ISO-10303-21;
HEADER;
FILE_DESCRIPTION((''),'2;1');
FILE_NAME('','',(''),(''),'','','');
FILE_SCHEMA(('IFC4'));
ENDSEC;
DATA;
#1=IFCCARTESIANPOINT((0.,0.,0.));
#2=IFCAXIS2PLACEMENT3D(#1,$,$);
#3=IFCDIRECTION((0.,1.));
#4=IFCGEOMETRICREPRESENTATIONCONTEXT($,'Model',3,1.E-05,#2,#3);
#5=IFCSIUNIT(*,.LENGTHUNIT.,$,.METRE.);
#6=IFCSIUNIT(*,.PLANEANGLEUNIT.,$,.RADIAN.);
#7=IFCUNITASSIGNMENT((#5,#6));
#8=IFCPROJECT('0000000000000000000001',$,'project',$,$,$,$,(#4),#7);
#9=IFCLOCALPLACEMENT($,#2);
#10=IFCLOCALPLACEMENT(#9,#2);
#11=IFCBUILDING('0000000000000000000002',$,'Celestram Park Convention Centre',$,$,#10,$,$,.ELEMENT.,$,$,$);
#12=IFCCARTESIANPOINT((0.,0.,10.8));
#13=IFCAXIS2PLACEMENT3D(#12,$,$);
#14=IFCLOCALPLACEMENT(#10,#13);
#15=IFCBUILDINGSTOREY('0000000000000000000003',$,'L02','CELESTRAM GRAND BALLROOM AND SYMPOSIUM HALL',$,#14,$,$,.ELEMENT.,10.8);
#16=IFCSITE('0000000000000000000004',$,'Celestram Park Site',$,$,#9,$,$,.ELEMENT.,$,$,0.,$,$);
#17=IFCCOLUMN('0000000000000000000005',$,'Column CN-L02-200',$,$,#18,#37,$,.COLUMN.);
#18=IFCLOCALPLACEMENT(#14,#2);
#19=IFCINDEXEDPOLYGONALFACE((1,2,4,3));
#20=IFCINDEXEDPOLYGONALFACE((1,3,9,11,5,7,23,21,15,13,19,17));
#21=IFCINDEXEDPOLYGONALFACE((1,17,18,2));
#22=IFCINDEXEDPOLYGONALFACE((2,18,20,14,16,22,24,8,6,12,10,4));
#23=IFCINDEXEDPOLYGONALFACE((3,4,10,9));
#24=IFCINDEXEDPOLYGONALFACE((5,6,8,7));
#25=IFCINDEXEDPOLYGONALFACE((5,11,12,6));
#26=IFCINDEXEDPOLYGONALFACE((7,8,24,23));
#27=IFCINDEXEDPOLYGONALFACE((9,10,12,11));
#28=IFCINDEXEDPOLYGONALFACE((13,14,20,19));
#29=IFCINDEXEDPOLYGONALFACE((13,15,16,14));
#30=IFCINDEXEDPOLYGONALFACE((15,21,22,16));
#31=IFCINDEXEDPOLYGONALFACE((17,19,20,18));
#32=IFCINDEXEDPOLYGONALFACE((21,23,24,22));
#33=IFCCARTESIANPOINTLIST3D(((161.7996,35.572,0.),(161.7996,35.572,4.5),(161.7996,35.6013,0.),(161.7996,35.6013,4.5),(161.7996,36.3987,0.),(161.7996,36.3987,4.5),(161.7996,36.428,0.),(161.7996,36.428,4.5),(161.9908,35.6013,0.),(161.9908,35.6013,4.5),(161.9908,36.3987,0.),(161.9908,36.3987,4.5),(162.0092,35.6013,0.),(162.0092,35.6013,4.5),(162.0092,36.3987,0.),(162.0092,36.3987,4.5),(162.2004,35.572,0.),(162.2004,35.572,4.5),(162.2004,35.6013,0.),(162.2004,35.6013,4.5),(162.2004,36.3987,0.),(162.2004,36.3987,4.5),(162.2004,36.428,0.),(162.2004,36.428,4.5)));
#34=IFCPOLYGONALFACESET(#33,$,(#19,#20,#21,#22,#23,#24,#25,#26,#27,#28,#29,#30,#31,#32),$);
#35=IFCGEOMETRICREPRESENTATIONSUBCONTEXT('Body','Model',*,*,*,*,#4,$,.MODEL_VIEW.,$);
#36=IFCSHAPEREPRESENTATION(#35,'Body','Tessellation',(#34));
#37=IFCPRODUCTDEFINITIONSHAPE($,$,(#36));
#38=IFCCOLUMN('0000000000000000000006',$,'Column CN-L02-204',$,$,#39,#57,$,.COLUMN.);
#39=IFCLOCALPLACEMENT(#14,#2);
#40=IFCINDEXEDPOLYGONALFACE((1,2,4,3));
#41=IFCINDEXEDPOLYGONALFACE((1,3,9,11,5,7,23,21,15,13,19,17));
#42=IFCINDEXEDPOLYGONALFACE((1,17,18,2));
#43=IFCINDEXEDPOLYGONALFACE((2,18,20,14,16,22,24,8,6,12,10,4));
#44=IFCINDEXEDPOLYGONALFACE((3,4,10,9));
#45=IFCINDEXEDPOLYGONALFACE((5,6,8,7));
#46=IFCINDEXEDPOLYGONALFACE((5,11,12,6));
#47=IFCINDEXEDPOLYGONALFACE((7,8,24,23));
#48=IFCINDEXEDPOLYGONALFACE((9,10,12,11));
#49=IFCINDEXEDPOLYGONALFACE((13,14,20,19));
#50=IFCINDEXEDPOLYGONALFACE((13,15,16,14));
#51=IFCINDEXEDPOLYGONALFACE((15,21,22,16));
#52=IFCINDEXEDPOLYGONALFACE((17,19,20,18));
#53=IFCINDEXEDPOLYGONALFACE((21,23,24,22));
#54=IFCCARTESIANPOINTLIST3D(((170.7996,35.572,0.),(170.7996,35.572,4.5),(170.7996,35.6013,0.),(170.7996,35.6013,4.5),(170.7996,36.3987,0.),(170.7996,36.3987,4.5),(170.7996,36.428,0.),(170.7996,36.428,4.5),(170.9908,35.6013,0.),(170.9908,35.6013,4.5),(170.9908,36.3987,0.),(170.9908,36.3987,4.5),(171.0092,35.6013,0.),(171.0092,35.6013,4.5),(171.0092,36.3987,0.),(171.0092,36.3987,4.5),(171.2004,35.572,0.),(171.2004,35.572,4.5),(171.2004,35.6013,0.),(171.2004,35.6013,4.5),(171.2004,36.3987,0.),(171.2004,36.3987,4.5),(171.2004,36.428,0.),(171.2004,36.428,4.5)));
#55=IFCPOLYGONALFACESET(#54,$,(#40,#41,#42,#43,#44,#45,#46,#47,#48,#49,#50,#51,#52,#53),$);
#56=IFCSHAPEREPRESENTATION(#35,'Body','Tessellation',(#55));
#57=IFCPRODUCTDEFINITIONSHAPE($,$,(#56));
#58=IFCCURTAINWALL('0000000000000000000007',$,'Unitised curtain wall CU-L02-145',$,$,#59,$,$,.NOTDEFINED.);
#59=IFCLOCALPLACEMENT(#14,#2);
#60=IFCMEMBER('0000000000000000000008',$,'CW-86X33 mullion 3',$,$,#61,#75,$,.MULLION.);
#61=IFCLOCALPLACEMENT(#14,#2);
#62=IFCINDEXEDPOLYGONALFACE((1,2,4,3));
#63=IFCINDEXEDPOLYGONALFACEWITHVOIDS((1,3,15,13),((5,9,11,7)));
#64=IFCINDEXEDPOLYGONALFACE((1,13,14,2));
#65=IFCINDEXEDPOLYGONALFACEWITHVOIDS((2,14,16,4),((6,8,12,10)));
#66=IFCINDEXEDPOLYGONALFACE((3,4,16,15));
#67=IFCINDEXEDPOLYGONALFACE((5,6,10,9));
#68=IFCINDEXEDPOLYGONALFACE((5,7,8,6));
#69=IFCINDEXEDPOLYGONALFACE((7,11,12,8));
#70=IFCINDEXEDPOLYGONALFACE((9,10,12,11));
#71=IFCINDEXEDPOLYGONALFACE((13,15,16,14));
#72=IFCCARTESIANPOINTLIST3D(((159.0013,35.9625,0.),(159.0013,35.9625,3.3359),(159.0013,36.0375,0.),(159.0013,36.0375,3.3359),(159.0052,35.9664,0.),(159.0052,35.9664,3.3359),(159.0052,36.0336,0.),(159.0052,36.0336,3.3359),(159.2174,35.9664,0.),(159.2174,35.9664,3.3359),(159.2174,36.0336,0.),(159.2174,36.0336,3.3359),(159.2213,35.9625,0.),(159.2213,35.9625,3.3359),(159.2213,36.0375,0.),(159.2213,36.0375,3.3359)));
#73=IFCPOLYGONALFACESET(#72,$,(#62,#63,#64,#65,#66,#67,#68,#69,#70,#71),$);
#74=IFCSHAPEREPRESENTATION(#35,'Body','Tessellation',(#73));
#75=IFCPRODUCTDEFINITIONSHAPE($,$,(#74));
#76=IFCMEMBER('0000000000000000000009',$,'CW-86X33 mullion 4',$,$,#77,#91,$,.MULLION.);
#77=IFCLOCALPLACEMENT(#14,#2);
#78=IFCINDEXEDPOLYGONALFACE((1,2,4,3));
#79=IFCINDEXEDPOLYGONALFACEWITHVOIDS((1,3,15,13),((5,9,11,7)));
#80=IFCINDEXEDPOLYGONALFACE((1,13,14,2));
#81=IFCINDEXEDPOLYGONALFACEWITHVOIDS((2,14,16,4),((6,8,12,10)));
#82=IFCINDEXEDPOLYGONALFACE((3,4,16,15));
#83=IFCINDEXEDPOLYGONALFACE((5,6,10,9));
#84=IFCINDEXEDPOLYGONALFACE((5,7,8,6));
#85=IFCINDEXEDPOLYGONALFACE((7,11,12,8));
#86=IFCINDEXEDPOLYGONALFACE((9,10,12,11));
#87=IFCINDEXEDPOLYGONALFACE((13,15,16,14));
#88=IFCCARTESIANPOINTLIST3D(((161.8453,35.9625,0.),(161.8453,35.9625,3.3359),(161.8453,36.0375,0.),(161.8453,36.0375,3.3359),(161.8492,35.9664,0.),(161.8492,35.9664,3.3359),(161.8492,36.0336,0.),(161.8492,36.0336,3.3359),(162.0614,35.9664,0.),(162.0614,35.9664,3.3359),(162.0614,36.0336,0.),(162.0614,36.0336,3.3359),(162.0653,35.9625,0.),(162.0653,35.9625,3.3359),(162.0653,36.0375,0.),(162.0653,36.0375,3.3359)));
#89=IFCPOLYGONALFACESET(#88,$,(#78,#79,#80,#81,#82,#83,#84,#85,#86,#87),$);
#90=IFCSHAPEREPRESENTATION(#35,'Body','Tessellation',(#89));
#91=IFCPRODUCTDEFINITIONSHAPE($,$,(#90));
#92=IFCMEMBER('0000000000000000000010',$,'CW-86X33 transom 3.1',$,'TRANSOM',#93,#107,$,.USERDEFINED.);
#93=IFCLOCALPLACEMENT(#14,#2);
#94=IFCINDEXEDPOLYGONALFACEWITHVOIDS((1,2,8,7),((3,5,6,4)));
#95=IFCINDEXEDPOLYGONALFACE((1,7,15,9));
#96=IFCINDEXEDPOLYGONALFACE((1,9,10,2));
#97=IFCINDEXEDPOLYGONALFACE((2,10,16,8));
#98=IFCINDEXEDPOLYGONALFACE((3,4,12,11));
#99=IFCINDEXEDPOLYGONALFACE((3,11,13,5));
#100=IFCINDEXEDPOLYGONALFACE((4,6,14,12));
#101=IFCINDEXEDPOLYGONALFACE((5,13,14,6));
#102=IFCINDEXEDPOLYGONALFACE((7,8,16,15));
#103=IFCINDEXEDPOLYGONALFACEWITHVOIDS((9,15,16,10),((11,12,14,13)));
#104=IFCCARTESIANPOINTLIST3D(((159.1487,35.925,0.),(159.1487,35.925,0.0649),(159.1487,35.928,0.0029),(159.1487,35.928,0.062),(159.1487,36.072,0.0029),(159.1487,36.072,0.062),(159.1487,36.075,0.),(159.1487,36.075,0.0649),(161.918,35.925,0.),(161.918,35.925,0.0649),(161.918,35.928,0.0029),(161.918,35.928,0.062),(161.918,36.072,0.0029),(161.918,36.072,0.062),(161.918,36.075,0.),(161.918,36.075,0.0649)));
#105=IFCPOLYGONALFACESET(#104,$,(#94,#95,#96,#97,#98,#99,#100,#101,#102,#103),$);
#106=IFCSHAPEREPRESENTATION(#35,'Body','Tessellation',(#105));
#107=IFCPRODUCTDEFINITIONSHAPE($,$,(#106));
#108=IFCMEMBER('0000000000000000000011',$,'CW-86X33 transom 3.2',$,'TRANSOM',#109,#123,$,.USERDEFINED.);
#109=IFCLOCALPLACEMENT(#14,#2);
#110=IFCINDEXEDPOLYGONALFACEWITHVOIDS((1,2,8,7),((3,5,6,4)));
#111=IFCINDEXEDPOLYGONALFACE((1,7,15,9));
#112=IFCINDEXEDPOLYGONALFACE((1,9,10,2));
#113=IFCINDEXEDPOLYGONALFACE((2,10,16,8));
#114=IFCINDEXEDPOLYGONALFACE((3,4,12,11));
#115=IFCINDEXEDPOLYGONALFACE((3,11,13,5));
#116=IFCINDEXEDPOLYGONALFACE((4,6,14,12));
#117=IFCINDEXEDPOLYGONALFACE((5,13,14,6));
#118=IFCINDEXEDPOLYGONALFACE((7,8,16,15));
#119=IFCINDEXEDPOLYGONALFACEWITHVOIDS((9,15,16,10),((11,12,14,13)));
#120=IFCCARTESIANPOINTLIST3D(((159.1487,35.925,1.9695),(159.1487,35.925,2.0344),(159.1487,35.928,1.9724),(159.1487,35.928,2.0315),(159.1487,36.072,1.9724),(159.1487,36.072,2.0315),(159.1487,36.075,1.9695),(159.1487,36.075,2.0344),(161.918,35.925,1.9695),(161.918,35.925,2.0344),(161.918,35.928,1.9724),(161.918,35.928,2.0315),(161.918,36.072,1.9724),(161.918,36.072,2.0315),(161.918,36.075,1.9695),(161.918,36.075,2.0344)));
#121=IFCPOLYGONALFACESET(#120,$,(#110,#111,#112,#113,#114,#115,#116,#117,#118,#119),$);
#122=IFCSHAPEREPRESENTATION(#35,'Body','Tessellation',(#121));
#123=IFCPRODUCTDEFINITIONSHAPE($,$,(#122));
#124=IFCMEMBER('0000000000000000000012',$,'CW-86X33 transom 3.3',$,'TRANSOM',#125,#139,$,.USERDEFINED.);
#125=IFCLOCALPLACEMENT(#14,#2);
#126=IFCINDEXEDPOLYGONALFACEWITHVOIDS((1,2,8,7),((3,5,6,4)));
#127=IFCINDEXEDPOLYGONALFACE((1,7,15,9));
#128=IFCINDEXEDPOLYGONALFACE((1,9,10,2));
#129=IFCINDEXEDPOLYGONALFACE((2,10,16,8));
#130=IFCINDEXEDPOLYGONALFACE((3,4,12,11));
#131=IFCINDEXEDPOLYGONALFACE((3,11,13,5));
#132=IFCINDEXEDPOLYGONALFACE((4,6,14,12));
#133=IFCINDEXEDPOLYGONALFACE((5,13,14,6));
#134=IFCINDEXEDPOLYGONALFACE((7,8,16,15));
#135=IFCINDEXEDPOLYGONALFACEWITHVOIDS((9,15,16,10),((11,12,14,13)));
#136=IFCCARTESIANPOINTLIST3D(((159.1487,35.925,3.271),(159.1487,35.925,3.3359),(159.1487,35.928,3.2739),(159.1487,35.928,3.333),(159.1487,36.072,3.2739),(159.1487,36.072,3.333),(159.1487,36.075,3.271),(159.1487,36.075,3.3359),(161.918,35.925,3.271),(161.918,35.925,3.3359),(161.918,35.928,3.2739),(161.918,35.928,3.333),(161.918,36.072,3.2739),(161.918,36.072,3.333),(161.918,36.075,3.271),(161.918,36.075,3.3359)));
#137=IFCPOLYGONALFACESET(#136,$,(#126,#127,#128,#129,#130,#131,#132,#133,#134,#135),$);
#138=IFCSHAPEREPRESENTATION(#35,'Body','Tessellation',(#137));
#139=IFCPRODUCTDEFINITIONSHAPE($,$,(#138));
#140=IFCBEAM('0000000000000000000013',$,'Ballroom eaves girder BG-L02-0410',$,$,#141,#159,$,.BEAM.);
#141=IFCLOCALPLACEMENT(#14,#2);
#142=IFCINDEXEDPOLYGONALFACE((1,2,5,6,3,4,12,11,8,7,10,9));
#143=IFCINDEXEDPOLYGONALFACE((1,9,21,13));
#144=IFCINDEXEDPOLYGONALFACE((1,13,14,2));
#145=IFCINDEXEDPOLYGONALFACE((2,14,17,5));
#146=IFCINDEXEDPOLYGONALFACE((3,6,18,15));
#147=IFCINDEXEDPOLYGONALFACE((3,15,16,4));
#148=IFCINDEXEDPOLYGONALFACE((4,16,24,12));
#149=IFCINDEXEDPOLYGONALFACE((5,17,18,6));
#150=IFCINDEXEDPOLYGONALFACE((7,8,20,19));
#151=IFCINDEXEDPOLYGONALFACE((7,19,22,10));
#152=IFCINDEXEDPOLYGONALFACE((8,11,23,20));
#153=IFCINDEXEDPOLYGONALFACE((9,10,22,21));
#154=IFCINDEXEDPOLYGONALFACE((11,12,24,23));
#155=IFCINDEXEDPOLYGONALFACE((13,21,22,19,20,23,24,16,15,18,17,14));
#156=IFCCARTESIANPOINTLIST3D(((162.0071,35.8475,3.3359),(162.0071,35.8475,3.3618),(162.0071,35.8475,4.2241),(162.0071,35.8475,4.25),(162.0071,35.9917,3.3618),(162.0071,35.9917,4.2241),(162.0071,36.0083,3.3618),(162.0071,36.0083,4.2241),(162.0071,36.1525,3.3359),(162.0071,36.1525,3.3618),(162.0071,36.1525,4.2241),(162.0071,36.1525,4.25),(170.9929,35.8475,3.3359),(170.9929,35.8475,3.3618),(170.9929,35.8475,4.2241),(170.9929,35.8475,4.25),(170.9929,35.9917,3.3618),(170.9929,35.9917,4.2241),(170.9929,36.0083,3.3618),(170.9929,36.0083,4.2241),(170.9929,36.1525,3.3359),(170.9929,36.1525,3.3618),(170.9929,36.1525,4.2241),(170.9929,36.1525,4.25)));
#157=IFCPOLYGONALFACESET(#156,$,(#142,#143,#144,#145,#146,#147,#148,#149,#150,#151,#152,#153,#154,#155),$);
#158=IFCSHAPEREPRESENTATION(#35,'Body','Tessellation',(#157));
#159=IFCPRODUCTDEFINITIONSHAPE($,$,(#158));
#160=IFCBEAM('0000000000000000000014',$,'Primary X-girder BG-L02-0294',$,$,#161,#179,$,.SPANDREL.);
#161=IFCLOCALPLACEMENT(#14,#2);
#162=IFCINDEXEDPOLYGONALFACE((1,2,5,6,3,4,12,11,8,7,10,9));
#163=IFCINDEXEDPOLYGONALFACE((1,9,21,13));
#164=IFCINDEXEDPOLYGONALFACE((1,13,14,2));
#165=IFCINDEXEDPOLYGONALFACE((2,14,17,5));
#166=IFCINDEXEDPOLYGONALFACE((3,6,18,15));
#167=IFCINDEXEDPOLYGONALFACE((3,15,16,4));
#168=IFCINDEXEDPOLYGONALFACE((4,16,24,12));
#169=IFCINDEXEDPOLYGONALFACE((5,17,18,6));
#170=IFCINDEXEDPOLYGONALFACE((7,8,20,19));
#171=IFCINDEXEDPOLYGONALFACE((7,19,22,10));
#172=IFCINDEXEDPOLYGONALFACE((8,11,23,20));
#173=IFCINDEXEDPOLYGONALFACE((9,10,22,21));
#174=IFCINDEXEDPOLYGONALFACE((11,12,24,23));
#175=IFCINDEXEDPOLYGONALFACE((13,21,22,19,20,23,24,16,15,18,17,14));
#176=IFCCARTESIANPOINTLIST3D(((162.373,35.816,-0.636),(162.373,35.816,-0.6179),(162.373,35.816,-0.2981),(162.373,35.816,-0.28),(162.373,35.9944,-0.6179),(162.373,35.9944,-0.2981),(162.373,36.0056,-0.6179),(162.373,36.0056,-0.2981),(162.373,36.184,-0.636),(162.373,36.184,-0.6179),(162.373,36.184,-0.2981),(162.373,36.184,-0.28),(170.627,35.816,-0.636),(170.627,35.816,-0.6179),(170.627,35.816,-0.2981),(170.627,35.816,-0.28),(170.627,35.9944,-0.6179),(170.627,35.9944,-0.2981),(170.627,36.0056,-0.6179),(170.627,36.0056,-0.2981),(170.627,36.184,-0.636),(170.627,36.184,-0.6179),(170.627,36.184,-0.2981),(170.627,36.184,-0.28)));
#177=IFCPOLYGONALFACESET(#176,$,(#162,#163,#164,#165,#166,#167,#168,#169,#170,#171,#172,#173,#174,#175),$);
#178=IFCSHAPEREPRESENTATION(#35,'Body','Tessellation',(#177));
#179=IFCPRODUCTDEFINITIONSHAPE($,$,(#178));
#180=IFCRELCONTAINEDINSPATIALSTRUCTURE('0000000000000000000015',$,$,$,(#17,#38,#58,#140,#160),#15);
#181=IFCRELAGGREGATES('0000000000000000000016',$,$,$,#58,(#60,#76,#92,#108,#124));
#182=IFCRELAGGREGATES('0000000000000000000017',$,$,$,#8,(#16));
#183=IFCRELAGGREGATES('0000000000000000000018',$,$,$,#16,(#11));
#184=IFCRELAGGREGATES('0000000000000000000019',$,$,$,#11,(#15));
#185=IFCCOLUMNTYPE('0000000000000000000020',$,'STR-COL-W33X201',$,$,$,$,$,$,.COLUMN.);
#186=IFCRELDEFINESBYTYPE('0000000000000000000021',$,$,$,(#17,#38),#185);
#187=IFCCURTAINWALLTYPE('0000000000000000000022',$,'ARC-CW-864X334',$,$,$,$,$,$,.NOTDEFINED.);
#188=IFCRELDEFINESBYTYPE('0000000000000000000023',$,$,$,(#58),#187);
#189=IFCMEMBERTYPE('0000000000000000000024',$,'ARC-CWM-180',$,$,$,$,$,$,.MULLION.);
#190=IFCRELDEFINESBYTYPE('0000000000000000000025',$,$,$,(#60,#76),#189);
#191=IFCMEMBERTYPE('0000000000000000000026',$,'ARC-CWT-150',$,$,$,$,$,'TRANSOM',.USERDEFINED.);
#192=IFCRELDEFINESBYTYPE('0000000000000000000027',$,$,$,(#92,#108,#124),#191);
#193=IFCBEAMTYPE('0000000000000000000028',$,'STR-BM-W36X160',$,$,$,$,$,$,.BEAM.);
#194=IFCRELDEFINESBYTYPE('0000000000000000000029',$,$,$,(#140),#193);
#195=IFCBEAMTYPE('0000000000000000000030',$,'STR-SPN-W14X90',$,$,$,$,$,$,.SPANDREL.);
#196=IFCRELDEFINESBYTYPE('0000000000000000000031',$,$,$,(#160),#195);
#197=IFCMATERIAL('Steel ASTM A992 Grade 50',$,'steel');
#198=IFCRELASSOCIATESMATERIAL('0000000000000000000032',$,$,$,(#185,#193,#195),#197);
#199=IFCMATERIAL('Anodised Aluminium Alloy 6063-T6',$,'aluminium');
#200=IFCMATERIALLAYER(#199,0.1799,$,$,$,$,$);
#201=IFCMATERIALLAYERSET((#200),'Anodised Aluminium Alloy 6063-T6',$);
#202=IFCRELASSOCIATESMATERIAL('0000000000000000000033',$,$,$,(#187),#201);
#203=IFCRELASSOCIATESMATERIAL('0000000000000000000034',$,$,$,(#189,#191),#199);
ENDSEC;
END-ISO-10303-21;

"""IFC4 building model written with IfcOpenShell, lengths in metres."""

from ifc_helpers import new_model, si_unit, direction, frame, origin, origin_2d, place, context, subcontext, project, spatial, hollow_rectangle, i_section, extrude, material, layer, layer_set, material_profile, profile_set, type_object, element, aggregate, save


model = new_model("IFC4")

# Units and contexts
model_context = context("Model", 3, precision=1e-05, world=origin(), true_north=direction((0.0, 1.0)))
body_context = subcontext(model_context, "Body", "Model", "MODEL_VIEW")
ifc_project = project(units=[si_unit("LENGTHUNIT", "METRE"), si_unit("PLANEANGLEUNIT", "RADIAN")], contexts=[model_context])

# Site, building, storey
site_placement = place(None, origin())
site = spatial("IfcSite", under=ifc_project, at=site_placement, Name="Celestram Park Site", CompositionType="ELEMENT", RefElevation=0.0)
building_placement = place(site_placement, origin())
building = spatial("IfcBuilding", under=site, at=building_placement, Name="Celestram Park Convention Centre", CompositionType="ELEMENT")
storey_placement = place(building_placement, frame((0.0, 0.0, 10.8)))
storey = spatial("IfcBuildingStorey", under=building, at=storey_placement, Name="L02", Description="CELESTRAM GRAND BALLROOM AND SYMPOSIUM HALL", CompositionType="ELEMENT", Elevation=10.8)

# Columns
ifc_material_1 = material(Name="Steel ASTM A992 Grade 50", Category="steel")
ifc_material_profile_1 = material_profile(ifc_material_1, i_section(OverallWidth=0.4009, OverallDepth=0.856, WebThickness=0.0183, FlangeThickness=0.0293, at=origin_2d()), Name="W33X201")
ifc_profile_set_1 = profile_set([ifc_material_profile_1], Name="Steel ASTM A992 Grade 50")
column_type = type_object("IfcColumnType", Name="STR-COL-W33X201", PredefinedType="COLUMN", material=ifc_profile_set_1)
for number, where, z_axis, x_axis, name in (
    (1, (162.0, 36.0, 0.0), (0.0, 0.0, 1.0), (1.0, 0.0, 0.0), "Column CN-L02-200"),
    (2, (171.0, 36.0, 0.0), (0.0, 0.0, 1.0), (1.0, 0.0, 0.0), "Column CN-L02-204"),
):
    element("IfcColumn", number, at=place(storey_placement, frame(where, z_axis=z_axis, x_axis=x_axis)), inside=storey, type_object=column_type, Name=name, PredefinedType="COLUMN", context=body_context, shape_type="SweptSolid", body=[
        extrude(i_section(OverallWidth=0.4009, OverallDepth=0.856, WebThickness=0.0183, FlangeThickness=0.0293, at=origin_2d()), origin(), (0.0, 0.0, 1.0), 4.5),
    ])

# Curtain wall, members
ifc_material_2 = material(Name="Anodised Aluminium Alloy 6063-T6", Category="aluminium")
ifc_layer_1 = layer(ifc_material_2, 0.1799)
ifc_layer_set_1 = layer_set([ifc_layer_1], Name="Anodised Aluminium Alloy 6063-T6")
curtain_wall_type = type_object("IfcCurtainWallType", Name="ARC-CW-864X334", PredefinedType="NOTDEFINED", material=ifc_layer_set_1)
curtain_wall_placement = place(storey_placement, origin())
curtain_wall = element("IfcCurtainWall", 3, at=curtain_wall_placement, inside=storey, type_object=curtain_wall_type, Name="Unitised curtain wall CU-L02-145", PredefinedType="NOTDEFINED")
ifc_material_profile_2 = material_profile(ifc_material_2, hollow_rectangle(XDim=0.075, YDim=0.22, WallThickness=0.0039, at=origin_2d()), Name="ALU75X220X4")
ifc_profile_set_2 = profile_set([ifc_material_profile_2], Name="Anodised Aluminium Alloy 6063-T6")
member_type_1 = type_object("IfcMemberType", Name="ARC-CWM-180", PredefinedType="MULLION", material=ifc_profile_set_2)
member_1_placement = place(storey_placement, frame((159.1113, 36.0, 0.0), z_axis=(0.0, 0.0, 1.0), x_axis=(0.0, 1.0, 0.0)))
member_1 = element("IfcMember", 4, at=member_1_placement, type_object=member_type_1, Name="CW-86X33 mullion 3", PredefinedType="MULLION", context=body_context, shape_type="SweptSolid", body=[
    extrude(hollow_rectangle(XDim=0.075, YDim=0.22, WallThickness=0.0039, at=origin_2d()), origin(), (0.0, 0.0, 1.0), 3.3359),
])
member_2_placement = place(storey_placement, frame((161.9553, 36.0, 0.0), z_axis=(0.0, 0.0, 1.0), x_axis=(0.0, 1.0, 0.0)))
member_2 = element("IfcMember", 5, at=member_2_placement, type_object=member_type_1, Name="CW-86X33 mullion 4", PredefinedType="MULLION", context=body_context, shape_type="SweptSolid", body=[
    extrude(hollow_rectangle(XDim=0.075, YDim=0.22, WallThickness=0.0039, at=origin_2d()), origin(), (0.0, 0.0, 1.0), 3.3359),
])
ifc_material_profile_3 = material_profile(ifc_material_2, hollow_rectangle(XDim=0.1499, YDim=0.0649, WallThickness=0.0029, at=origin_2d()), Name="ALU150X65X3")
ifc_profile_set_3 = profile_set([ifc_material_profile_3], Name="Anodised Aluminium Alloy 6063-T6")
member_type_2 = type_object("IfcMemberType", Name="ARC-CWT-150", ElementType="TRANSOM", PredefinedType="USERDEFINED", material=ifc_profile_set_3)
member_3_placement = place(storey_placement, frame((159.1487, 36.0, 0.0325), z_axis=(1.0, 0.0, 0.0), x_axis=(0.0, 1.0, 0.0)))
member_3 = element("IfcMember", 6, at=member_3_placement, type_object=member_type_2, Name="CW-86X33 transom 3.1", ObjectType="TRANSOM", PredefinedType="USERDEFINED", context=body_context, shape_type="SweptSolid", body=[
    extrude(hollow_rectangle(XDim=0.1499, YDim=0.0649, WallThickness=0.0029, at=origin_2d()), origin(), (0.0, 0.0, 1.0), 2.7693),
])
member_4_placement = place(storey_placement, frame((159.1487, 36.0, 2.002), z_axis=(1.0, 0.0, 0.0), x_axis=(0.0, 1.0, 0.0)))
member_4 = element("IfcMember", 7, at=member_4_placement, type_object=member_type_2, Name="CW-86X33 transom 3.2", ObjectType="TRANSOM", PredefinedType="USERDEFINED", context=body_context, shape_type="SweptSolid", body=[
    extrude(hollow_rectangle(XDim=0.1499, YDim=0.0649, WallThickness=0.0029, at=origin_2d()), origin(), (0.0, 0.0, 1.0), 2.7693),
])
member_5_placement = place(storey_placement, frame((159.1487, 36.0, 3.3035), z_axis=(1.0, 0.0, 0.0), x_axis=(0.0, 1.0, 0.0)))
member_5 = element("IfcMember", 8, at=member_5_placement, type_object=member_type_2, Name="CW-86X33 transom 3.3", ObjectType="TRANSOM", PredefinedType="USERDEFINED", context=body_context, shape_type="SweptSolid", body=[
    extrude(hollow_rectangle(XDim=0.1499, YDim=0.0649, WallThickness=0.0029, at=origin_2d()), origin(), (0.0, 0.0, 1.0), 2.7693),
])

# Beams
ifc_material_profile_4 = material_profile(ifc_material_1, i_section(OverallWidth=0.3049, OverallDepth=0.9141, WebThickness=0.0166, FlangeThickness=0.0259, at=origin_2d()), Name="W36X160")
ifc_profile_set_4 = profile_set([ifc_material_profile_4], Name="Steel ASTM A992 Grade 50")
beam_type_1 = type_object("IfcBeamType", Name="STR-BM-W36X160", PredefinedType="BEAM", material=ifc_profile_set_4)
beam_1_placement = place(storey_placement, frame((162.0071, 36.0, 3.793), z_axis=(1.0, 0.0, 0.0), x_axis=(0.0, 1.0, 0.0)))
element("IfcBeam", 9, at=beam_1_placement, inside=storey, type_object=beam_type_1, Name="Ballroom eaves girder BG-L02-0410", PredefinedType="BEAM", context=body_context, shape_type="SweptSolid", body=[
    extrude(i_section(OverallWidth=0.3049, OverallDepth=0.9141, WebThickness=0.0166, FlangeThickness=0.0259, at=origin_2d()), origin(), (0.0, 0.0, 1.0), 8.9858),
])
ifc_material_profile_5 = material_profile(ifc_material_1, i_section(OverallWidth=0.3679, OverallDepth=0.356, WebThickness=0.0112, FlangeThickness=0.0181, at=origin_2d()), Name="W14X90")
ifc_profile_set_5 = profile_set([ifc_material_profile_5], Name="Steel ASTM A992 Grade 50")
beam_type_2 = type_object("IfcBeamType", Name="STR-SPN-W14X90", PredefinedType="SPANDREL", material=ifc_profile_set_5)
beam_2_placement = place(storey_placement, frame((162.373, 36.0, -0.458), z_axis=(1.0, 0.0, 0.0), x_axis=(0.0, 1.0, 0.0)))
element("IfcBeam", 10, at=beam_2_placement, inside=storey, type_object=beam_type_2, Name="Primary X-girder BG-L02-0294", PredefinedType="SPANDREL", context=body_context, shape_type="SweptSolid", body=[
    extrude(i_section(OverallWidth=0.3679, OverallDepth=0.356, WebThickness=0.0112, FlangeThickness=0.0181, at=origin_2d()), origin(), (0.0, 0.0, 1.0), 8.2539),
])

aggregate(curtain_wall, [member_1, member_2, member_3, member_4, member_5])

save(model, "model.ifc")
